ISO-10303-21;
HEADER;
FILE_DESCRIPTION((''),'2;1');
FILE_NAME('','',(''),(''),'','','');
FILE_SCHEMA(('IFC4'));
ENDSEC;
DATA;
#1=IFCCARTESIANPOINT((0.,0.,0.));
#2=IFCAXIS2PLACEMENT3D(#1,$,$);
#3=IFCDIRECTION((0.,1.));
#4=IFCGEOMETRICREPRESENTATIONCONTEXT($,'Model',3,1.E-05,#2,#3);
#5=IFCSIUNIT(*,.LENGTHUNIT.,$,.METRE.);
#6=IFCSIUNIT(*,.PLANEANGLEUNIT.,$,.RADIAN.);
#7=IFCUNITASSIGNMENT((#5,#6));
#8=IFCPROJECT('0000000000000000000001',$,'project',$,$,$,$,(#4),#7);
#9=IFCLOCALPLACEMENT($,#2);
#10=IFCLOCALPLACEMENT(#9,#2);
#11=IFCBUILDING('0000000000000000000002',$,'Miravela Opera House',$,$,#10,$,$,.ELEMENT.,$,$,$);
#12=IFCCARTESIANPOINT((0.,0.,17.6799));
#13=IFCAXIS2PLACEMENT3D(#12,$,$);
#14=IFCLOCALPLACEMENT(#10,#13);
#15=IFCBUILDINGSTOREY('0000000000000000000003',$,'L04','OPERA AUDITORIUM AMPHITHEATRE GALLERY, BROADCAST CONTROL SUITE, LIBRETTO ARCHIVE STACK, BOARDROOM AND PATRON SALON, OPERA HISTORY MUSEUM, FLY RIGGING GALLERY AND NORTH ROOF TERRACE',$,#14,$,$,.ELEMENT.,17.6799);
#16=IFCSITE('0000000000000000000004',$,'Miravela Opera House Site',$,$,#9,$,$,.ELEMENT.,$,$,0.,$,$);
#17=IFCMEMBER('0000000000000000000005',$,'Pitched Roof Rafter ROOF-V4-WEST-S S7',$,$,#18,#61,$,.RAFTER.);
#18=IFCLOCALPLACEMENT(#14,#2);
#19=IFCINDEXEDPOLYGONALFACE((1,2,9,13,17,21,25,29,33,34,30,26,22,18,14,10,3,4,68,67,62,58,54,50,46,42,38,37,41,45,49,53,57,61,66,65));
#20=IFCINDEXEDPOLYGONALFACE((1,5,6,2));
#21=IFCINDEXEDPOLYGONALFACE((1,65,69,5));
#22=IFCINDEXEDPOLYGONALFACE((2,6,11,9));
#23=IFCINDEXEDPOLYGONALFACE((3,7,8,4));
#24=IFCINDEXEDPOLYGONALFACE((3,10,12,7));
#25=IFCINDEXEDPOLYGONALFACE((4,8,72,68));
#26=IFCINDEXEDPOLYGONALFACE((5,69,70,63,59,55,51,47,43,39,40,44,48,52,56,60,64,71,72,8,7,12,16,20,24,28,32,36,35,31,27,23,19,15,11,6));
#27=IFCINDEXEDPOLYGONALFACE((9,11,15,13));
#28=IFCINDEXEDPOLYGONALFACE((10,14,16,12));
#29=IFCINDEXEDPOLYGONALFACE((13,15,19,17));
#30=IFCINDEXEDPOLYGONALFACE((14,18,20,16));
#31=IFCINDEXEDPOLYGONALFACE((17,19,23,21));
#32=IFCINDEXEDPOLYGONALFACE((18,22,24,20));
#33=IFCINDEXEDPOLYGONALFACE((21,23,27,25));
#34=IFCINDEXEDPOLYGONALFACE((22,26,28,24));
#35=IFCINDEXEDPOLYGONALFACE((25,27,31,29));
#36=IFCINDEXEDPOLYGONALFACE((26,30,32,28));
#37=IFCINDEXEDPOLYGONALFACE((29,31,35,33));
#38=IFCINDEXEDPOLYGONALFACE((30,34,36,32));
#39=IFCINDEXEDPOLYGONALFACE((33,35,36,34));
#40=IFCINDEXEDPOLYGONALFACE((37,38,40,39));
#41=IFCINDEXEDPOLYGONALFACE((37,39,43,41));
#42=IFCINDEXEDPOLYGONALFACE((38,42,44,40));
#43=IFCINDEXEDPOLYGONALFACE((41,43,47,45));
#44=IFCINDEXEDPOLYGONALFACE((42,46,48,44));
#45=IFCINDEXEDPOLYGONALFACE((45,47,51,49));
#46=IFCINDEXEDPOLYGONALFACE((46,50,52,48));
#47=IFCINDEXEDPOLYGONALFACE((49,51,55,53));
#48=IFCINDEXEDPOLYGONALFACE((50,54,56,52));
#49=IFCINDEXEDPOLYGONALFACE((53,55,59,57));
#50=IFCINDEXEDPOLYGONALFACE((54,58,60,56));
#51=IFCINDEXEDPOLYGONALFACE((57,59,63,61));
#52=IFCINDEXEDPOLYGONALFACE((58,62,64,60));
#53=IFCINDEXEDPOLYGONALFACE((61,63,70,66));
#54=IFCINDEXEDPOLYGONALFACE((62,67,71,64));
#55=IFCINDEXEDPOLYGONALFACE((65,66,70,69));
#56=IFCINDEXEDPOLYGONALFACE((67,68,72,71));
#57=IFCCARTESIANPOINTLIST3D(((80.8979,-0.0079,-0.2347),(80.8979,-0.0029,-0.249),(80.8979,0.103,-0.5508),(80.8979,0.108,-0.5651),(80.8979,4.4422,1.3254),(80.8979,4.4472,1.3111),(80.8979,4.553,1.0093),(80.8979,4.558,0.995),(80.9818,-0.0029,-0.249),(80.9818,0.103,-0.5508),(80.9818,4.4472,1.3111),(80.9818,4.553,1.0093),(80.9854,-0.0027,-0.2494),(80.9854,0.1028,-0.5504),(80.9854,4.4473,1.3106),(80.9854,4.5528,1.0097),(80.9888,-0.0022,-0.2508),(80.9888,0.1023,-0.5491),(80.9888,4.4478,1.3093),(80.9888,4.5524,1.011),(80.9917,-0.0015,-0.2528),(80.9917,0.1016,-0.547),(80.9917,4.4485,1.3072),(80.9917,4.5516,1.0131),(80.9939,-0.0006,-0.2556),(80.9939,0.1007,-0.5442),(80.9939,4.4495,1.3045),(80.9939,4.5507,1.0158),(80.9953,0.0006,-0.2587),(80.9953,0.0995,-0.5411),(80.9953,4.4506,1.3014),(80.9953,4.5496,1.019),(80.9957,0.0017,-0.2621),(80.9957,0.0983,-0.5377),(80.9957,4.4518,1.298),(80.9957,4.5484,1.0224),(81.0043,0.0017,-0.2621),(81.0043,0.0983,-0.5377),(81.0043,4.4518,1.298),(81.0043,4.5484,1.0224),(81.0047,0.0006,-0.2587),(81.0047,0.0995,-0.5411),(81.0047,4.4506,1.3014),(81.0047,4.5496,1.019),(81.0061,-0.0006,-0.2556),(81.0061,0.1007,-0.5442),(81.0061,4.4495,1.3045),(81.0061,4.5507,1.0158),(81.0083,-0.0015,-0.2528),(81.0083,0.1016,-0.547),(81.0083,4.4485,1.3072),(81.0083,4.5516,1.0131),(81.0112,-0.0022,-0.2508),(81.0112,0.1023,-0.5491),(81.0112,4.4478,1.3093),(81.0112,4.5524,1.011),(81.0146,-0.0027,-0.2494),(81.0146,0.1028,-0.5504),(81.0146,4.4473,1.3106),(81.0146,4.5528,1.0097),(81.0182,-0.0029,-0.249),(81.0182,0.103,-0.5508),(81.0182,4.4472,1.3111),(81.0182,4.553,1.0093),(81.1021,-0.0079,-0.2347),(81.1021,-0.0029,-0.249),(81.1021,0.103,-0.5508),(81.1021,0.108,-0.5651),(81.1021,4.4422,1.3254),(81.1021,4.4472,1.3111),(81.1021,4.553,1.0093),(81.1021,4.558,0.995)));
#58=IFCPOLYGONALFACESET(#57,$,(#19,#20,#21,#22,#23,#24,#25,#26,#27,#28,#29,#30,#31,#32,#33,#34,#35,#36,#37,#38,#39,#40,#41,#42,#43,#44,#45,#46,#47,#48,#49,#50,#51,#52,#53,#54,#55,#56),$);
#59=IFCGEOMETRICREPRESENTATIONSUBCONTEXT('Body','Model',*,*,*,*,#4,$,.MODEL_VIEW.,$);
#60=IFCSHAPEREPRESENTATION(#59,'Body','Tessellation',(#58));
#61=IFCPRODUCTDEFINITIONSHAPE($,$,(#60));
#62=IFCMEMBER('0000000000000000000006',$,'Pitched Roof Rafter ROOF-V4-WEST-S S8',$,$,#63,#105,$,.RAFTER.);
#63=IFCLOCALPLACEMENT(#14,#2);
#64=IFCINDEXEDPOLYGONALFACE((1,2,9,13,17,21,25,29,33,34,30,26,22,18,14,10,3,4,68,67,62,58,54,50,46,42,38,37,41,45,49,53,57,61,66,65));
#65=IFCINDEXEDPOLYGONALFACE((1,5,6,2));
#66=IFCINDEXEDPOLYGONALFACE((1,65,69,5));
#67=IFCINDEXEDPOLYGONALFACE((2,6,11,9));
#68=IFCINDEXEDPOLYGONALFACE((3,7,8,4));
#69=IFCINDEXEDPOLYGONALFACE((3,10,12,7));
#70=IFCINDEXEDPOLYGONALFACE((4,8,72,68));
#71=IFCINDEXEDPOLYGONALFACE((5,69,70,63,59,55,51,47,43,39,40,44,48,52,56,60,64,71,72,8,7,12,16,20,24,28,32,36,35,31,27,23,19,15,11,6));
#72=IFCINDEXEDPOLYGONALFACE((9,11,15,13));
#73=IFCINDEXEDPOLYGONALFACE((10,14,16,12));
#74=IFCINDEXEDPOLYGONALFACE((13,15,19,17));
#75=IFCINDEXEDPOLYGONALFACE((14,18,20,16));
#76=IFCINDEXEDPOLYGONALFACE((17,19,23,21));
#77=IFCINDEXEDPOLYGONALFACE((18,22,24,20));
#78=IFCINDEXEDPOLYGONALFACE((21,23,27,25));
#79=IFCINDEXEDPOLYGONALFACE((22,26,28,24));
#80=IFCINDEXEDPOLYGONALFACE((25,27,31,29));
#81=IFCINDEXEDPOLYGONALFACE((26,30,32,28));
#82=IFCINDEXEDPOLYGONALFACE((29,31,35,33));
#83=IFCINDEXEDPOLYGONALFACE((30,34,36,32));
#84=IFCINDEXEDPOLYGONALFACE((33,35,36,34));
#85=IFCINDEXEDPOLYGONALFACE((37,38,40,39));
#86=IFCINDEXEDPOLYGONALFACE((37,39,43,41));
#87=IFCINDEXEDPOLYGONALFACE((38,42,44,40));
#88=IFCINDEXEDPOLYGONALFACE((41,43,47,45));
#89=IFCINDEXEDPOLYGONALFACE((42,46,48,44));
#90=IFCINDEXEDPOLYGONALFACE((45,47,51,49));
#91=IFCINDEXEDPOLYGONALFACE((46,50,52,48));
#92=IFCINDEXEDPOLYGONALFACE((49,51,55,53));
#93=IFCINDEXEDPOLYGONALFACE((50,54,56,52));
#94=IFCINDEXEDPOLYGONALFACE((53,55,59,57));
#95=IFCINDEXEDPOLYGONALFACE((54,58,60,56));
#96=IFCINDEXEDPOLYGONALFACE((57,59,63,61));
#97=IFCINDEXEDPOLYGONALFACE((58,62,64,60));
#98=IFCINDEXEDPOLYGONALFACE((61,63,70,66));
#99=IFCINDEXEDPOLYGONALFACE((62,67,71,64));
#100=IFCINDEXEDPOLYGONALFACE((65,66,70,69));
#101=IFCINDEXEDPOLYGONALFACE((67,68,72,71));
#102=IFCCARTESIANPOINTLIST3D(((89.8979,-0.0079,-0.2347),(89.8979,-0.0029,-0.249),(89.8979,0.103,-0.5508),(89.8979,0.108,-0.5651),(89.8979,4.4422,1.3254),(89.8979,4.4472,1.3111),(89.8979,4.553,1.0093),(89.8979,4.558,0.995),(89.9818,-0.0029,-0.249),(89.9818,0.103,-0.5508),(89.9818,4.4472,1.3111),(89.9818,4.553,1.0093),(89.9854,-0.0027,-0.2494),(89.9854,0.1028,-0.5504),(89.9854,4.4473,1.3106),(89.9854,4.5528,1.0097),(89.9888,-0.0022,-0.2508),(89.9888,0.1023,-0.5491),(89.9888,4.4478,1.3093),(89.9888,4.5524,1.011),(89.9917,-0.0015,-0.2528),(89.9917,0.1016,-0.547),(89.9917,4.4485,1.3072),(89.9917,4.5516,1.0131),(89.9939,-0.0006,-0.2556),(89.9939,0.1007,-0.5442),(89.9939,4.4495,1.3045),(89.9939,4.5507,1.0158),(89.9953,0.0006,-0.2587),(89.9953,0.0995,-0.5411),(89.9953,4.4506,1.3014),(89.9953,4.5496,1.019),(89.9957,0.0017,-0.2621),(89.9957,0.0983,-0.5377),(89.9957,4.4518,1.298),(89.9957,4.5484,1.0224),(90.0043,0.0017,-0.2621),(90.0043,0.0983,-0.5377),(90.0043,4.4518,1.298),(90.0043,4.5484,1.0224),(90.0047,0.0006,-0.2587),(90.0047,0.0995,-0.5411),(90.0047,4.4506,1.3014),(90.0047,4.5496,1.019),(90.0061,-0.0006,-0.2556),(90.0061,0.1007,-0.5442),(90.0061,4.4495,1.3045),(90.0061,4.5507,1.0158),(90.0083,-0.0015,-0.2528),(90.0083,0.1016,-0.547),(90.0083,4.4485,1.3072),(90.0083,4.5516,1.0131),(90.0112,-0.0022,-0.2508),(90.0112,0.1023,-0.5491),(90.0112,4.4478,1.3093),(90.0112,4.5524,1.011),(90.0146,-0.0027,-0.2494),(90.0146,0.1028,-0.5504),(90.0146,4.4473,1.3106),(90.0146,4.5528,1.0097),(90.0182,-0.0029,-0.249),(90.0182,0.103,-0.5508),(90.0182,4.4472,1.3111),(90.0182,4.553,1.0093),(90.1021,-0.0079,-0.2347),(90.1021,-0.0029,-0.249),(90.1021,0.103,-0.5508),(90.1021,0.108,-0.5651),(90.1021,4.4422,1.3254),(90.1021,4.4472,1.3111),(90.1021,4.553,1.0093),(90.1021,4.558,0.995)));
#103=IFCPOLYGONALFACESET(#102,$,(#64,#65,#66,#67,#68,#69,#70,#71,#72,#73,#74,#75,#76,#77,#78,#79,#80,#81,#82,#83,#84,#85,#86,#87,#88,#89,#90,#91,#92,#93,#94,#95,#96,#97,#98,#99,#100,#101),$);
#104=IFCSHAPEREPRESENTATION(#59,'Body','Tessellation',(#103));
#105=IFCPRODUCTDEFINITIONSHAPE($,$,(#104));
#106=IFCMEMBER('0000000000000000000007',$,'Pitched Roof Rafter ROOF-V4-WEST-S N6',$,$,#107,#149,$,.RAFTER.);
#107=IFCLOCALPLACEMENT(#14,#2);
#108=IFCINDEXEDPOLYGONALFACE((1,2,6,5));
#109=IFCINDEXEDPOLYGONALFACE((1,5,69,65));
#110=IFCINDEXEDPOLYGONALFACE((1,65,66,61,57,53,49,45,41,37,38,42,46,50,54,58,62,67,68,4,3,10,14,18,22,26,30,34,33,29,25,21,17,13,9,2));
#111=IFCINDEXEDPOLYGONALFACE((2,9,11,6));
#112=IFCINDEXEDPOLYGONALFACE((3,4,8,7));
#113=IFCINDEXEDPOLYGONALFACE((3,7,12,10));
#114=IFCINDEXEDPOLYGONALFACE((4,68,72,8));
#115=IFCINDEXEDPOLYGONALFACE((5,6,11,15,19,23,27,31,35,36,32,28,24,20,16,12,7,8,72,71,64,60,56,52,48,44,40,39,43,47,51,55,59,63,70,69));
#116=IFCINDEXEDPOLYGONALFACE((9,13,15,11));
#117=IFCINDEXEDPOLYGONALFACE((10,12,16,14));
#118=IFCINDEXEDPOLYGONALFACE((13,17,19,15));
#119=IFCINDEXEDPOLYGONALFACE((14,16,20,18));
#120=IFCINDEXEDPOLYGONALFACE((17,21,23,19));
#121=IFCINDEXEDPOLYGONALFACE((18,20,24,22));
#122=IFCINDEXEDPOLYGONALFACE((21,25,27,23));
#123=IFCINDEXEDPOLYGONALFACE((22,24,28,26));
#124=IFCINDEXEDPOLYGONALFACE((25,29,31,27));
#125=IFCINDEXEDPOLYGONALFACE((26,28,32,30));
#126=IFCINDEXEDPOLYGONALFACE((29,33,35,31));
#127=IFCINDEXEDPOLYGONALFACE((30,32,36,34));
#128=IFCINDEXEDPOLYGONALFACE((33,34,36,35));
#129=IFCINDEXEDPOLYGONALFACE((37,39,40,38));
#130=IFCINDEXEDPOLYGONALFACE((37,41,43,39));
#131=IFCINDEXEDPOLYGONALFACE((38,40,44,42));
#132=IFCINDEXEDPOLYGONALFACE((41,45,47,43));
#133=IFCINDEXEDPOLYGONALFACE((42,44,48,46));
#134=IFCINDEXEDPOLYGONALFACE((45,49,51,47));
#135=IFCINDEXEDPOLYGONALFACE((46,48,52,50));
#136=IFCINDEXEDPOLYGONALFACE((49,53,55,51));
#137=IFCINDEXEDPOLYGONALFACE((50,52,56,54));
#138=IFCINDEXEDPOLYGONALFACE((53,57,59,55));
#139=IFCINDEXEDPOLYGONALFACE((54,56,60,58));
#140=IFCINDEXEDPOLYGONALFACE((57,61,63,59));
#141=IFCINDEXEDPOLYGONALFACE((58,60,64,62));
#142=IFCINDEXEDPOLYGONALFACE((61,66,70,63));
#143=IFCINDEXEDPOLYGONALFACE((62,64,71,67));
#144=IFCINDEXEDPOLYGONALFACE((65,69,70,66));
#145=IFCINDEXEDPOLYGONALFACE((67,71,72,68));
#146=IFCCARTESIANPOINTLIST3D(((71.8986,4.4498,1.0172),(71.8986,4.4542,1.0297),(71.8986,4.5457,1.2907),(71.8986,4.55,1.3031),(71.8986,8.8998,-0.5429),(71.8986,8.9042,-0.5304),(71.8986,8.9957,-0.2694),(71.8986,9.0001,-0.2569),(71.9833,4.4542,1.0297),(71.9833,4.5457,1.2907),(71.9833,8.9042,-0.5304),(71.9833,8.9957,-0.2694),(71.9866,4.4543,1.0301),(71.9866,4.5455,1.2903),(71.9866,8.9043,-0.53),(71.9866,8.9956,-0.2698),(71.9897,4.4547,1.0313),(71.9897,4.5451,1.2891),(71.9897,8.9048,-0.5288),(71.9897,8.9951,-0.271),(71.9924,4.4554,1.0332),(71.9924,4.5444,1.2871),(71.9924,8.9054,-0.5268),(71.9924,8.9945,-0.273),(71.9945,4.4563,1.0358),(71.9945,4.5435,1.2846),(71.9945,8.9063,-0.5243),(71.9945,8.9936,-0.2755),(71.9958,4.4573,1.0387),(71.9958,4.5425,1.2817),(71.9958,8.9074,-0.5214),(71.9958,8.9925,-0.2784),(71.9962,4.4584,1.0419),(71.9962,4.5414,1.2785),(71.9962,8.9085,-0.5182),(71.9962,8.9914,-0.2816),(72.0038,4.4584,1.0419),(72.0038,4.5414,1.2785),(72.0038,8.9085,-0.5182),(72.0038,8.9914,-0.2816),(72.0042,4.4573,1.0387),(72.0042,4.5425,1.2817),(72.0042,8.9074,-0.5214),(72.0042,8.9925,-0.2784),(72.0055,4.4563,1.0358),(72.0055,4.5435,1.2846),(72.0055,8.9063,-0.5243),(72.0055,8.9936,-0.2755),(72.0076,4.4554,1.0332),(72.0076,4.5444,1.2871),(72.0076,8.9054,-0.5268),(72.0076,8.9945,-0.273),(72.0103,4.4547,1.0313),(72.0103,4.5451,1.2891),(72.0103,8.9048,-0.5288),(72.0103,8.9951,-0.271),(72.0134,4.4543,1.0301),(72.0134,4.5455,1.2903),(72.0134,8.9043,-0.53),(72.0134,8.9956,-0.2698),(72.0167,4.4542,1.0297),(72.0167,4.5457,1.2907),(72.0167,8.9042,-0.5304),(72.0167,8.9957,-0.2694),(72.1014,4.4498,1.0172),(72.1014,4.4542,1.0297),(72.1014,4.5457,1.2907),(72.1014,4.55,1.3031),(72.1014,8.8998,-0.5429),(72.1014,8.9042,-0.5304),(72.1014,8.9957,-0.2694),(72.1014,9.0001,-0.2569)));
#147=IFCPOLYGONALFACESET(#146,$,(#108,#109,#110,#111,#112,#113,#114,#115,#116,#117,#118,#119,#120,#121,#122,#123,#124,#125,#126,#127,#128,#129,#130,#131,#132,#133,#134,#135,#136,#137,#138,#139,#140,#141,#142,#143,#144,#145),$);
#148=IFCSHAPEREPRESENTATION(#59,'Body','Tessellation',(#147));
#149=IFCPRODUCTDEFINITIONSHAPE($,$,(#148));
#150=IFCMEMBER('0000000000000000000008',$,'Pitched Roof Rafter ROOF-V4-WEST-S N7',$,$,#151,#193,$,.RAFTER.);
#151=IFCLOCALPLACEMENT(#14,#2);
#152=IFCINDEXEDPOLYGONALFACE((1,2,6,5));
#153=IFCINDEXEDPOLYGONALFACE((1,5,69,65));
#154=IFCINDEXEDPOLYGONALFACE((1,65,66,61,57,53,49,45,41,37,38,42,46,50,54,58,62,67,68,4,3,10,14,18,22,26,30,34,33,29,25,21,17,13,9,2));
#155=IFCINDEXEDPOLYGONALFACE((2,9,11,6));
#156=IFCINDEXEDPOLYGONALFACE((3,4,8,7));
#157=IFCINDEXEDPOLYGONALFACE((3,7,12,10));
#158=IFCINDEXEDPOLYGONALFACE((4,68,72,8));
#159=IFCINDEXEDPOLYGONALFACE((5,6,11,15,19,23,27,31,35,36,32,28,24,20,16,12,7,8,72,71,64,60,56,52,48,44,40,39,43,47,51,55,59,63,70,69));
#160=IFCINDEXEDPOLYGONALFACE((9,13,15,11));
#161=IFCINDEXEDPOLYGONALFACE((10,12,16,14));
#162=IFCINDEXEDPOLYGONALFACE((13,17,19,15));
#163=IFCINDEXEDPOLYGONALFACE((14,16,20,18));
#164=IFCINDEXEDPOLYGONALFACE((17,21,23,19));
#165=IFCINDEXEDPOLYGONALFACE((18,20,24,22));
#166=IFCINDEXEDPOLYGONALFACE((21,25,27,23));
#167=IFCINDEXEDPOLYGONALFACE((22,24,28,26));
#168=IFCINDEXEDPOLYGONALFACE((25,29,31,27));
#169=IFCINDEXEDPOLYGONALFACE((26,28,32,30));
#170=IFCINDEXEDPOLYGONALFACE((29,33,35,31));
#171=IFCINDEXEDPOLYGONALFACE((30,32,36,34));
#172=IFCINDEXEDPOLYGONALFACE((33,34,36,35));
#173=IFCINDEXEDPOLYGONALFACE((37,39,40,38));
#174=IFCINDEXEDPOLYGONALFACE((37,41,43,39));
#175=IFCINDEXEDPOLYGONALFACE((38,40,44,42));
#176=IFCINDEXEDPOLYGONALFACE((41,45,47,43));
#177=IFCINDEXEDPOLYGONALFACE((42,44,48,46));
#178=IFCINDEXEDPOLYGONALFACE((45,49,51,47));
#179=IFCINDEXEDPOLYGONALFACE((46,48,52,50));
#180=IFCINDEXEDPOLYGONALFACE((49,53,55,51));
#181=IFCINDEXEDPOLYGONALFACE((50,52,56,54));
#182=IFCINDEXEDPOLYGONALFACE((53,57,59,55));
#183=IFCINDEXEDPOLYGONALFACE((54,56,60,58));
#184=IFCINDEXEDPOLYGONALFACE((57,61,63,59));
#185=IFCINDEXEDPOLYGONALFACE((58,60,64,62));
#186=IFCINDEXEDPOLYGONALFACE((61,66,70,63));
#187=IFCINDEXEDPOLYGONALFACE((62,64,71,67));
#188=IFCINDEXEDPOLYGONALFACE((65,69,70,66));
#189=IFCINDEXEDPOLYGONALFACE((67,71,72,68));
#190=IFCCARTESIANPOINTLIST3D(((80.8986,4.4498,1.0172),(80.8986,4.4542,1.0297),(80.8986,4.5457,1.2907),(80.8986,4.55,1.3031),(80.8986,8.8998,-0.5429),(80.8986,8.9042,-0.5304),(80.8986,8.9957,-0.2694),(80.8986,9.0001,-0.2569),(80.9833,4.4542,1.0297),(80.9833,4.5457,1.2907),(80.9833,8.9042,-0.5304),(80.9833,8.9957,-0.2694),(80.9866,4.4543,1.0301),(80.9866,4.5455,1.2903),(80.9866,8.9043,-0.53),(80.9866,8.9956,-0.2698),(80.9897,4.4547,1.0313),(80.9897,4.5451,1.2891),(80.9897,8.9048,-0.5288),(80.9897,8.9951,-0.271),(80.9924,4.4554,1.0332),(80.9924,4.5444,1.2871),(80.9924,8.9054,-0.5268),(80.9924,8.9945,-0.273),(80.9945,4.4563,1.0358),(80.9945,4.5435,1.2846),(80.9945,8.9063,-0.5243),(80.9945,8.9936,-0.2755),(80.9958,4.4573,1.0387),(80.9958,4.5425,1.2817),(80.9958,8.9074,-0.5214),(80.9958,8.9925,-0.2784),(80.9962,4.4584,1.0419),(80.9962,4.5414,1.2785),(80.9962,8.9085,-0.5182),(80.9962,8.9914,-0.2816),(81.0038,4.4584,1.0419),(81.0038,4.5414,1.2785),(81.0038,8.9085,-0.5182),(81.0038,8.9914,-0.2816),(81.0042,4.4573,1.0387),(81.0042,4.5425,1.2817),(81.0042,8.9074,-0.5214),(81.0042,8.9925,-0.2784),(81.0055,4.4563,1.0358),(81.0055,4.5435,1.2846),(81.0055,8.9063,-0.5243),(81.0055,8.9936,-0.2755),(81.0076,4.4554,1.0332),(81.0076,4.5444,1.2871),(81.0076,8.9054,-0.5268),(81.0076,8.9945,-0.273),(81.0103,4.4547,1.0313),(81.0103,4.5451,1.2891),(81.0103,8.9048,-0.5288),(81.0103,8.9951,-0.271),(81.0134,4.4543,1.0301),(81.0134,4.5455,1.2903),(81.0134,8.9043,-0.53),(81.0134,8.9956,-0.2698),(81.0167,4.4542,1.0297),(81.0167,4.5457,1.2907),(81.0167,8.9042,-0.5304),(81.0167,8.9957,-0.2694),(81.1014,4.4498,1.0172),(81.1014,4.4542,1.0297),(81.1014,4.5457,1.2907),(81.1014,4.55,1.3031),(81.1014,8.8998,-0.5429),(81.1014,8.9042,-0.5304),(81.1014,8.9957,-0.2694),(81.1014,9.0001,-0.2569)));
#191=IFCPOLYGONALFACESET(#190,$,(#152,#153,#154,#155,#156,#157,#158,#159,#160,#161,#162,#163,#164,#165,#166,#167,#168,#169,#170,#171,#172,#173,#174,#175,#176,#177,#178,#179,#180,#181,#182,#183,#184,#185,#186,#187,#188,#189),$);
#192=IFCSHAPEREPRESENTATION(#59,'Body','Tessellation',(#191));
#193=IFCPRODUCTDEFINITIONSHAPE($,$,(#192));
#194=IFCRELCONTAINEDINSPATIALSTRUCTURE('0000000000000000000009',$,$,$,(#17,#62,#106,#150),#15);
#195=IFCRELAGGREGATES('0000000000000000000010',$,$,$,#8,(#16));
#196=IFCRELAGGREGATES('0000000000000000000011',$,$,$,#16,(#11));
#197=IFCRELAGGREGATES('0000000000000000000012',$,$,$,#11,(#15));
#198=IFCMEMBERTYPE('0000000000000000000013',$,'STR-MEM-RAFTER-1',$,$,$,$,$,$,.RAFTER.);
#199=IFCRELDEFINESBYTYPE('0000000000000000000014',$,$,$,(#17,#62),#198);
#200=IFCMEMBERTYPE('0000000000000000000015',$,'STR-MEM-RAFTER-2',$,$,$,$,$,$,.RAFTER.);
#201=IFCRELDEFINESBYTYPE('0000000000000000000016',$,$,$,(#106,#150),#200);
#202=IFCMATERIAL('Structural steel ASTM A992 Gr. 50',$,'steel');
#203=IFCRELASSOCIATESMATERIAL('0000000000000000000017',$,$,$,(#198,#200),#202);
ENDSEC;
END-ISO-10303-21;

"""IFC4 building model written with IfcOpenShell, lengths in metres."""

from ifc_helpers import new_model, si_unit, direction, frame, origin, origin_2d, place, context, subcontext, project, spatial, i_section, extrude, material, material_profile, profile_set, type_object, element, save


model = new_model("IFC4")

# Units and contexts
model_context = context("Model", 3, precision=1e-05, world=origin(), true_north=direction((0.0, 1.0)))
body_context = subcontext(model_context, "Body", "Model", "MODEL_VIEW")
ifc_project = project(units=[si_unit("LENGTHUNIT", "METRE"), si_unit("PLANEANGLEUNIT", "RADIAN")], contexts=[model_context])

# Site, building, storey
site_placement = place(None, origin())
site = spatial("IfcSite", under=ifc_project, at=site_placement, Name="Miravela Opera House Site", CompositionType="ELEMENT", RefElevation=0.0)
building_placement = place(site_placement, origin())
building = spatial("IfcBuilding", under=site, at=building_placement, Name="Miravela Opera House", CompositionType="ELEMENT")
storey_placement = place(building_placement, frame((0.0, 0.0, 17.6799)))
storey = spatial("IfcBuildingStorey", under=building, at=storey_placement, Name="L04", Description="OPERA AUDITORIUM AMPHITHEATRE GALLERY, BROADCAST CONTROL SUITE, LIBRETTO ARCHIVE STACK, BOARDROOM AND PATRON SALON, OPERA HISTORY MUSEUM, FLY RIGGING GALLERY AND NORTH ROOF TERRACE", CompositionType="ELEMENT", Elevation=17.6799)

# Shared definitions
ifc_material_1 = material(Name="Structural steel ASTM A992 Gr. 50", Category="steel")

# Members
ifc_material_profile_1 = material_profile(ifc_material_1, i_section(OverallWidth=0.2041, OverallDepth=0.3501, WebThickness=0.0085, FlangeThickness=0.0151, FilletRadius=0.0139, at=origin_2d()), Name="W360X72")
ifc_profile_set_1 = profile_set([ifc_material_profile_1])
member_type_1 = type_object("IfcMemberType", Name="STR-MEM-RAFTER-1", PredefinedType="RAFTER", material=ifc_profile_set_1)
for number, where, z_axis, x_axis, name in (
    (1, (81.0, 0.05, -0.3999), (0.0, 0.943688, 0.330837), (-1.0, 0.0, 0.0), "Pitched Roof Rafter ROOF-V4-WEST-S S7"),
    (2, (90.0, 0.05, -0.3999), (0.0, 0.943688, 0.330837), (-1.0, 0.0, 0.0), "Pitched Roof Rafter ROOF-V4-WEST-S S8"),
):
    element("IfcMember", number, at=place(storey_placement, frame(where, z_axis=z_axis, x_axis=x_axis)), inside=storey, type_object=member_type_1, Name=name, PredefinedType="RAFTER", context=body_context, shape_type="SweptSolid", body=[
        extrude(i_section(OverallWidth=0.2041, OverallDepth=0.3501, WebThickness=0.0085, FlangeThickness=0.0151, FilletRadius=0.0139, at=origin_2d()), origin(), (0.0, 0.0, 1.0), 4.7156),
    ])
ifc_material_profile_2 = material_profile(ifc_material_1, i_section(OverallWidth=0.2029, OverallDepth=0.303, WebThickness=0.0076, FlangeThickness=0.0132, FilletRadius=0.0129, at=origin_2d()), Name="W310X60")
ifc_profile_set_2 = profile_set([ifc_material_profile_2])
member_type_2 = type_object("IfcMemberType", Name="STR-MEM-RAFTER-2", PredefinedType="RAFTER", material=ifc_profile_set_2)
for number, where, z_axis, x_axis, name in (
    (3, (72.0, 8.95, -0.3999), (0.0, -0.943688, 0.330837), (1.0, 0.0, 0.0), "Pitched Roof Rafter ROOF-V4-WEST-S N6"),
    (4, (81.0, 8.95, -0.3999), (0.0, -0.943688, 0.330837), (1.0, 0.0, 0.0), "Pitched Roof Rafter ROOF-V4-WEST-S N7"),
):
    element("IfcMember", number, at=place(storey_placement, frame(where, z_axis=z_axis, x_axis=x_axis)), inside=storey, type_object=member_type_2, Name=name, PredefinedType="RAFTER", context=body_context, shape_type="SweptSolid", body=[
        extrude(i_section(OverallWidth=0.2029, OverallDepth=0.303, WebThickness=0.0076, FlangeThickness=0.0132, FilletRadius=0.0129, at=origin_2d()), origin(), (0.0, 0.0, 1.0), 4.7156),
    ])

save(model, "model.ifc")
